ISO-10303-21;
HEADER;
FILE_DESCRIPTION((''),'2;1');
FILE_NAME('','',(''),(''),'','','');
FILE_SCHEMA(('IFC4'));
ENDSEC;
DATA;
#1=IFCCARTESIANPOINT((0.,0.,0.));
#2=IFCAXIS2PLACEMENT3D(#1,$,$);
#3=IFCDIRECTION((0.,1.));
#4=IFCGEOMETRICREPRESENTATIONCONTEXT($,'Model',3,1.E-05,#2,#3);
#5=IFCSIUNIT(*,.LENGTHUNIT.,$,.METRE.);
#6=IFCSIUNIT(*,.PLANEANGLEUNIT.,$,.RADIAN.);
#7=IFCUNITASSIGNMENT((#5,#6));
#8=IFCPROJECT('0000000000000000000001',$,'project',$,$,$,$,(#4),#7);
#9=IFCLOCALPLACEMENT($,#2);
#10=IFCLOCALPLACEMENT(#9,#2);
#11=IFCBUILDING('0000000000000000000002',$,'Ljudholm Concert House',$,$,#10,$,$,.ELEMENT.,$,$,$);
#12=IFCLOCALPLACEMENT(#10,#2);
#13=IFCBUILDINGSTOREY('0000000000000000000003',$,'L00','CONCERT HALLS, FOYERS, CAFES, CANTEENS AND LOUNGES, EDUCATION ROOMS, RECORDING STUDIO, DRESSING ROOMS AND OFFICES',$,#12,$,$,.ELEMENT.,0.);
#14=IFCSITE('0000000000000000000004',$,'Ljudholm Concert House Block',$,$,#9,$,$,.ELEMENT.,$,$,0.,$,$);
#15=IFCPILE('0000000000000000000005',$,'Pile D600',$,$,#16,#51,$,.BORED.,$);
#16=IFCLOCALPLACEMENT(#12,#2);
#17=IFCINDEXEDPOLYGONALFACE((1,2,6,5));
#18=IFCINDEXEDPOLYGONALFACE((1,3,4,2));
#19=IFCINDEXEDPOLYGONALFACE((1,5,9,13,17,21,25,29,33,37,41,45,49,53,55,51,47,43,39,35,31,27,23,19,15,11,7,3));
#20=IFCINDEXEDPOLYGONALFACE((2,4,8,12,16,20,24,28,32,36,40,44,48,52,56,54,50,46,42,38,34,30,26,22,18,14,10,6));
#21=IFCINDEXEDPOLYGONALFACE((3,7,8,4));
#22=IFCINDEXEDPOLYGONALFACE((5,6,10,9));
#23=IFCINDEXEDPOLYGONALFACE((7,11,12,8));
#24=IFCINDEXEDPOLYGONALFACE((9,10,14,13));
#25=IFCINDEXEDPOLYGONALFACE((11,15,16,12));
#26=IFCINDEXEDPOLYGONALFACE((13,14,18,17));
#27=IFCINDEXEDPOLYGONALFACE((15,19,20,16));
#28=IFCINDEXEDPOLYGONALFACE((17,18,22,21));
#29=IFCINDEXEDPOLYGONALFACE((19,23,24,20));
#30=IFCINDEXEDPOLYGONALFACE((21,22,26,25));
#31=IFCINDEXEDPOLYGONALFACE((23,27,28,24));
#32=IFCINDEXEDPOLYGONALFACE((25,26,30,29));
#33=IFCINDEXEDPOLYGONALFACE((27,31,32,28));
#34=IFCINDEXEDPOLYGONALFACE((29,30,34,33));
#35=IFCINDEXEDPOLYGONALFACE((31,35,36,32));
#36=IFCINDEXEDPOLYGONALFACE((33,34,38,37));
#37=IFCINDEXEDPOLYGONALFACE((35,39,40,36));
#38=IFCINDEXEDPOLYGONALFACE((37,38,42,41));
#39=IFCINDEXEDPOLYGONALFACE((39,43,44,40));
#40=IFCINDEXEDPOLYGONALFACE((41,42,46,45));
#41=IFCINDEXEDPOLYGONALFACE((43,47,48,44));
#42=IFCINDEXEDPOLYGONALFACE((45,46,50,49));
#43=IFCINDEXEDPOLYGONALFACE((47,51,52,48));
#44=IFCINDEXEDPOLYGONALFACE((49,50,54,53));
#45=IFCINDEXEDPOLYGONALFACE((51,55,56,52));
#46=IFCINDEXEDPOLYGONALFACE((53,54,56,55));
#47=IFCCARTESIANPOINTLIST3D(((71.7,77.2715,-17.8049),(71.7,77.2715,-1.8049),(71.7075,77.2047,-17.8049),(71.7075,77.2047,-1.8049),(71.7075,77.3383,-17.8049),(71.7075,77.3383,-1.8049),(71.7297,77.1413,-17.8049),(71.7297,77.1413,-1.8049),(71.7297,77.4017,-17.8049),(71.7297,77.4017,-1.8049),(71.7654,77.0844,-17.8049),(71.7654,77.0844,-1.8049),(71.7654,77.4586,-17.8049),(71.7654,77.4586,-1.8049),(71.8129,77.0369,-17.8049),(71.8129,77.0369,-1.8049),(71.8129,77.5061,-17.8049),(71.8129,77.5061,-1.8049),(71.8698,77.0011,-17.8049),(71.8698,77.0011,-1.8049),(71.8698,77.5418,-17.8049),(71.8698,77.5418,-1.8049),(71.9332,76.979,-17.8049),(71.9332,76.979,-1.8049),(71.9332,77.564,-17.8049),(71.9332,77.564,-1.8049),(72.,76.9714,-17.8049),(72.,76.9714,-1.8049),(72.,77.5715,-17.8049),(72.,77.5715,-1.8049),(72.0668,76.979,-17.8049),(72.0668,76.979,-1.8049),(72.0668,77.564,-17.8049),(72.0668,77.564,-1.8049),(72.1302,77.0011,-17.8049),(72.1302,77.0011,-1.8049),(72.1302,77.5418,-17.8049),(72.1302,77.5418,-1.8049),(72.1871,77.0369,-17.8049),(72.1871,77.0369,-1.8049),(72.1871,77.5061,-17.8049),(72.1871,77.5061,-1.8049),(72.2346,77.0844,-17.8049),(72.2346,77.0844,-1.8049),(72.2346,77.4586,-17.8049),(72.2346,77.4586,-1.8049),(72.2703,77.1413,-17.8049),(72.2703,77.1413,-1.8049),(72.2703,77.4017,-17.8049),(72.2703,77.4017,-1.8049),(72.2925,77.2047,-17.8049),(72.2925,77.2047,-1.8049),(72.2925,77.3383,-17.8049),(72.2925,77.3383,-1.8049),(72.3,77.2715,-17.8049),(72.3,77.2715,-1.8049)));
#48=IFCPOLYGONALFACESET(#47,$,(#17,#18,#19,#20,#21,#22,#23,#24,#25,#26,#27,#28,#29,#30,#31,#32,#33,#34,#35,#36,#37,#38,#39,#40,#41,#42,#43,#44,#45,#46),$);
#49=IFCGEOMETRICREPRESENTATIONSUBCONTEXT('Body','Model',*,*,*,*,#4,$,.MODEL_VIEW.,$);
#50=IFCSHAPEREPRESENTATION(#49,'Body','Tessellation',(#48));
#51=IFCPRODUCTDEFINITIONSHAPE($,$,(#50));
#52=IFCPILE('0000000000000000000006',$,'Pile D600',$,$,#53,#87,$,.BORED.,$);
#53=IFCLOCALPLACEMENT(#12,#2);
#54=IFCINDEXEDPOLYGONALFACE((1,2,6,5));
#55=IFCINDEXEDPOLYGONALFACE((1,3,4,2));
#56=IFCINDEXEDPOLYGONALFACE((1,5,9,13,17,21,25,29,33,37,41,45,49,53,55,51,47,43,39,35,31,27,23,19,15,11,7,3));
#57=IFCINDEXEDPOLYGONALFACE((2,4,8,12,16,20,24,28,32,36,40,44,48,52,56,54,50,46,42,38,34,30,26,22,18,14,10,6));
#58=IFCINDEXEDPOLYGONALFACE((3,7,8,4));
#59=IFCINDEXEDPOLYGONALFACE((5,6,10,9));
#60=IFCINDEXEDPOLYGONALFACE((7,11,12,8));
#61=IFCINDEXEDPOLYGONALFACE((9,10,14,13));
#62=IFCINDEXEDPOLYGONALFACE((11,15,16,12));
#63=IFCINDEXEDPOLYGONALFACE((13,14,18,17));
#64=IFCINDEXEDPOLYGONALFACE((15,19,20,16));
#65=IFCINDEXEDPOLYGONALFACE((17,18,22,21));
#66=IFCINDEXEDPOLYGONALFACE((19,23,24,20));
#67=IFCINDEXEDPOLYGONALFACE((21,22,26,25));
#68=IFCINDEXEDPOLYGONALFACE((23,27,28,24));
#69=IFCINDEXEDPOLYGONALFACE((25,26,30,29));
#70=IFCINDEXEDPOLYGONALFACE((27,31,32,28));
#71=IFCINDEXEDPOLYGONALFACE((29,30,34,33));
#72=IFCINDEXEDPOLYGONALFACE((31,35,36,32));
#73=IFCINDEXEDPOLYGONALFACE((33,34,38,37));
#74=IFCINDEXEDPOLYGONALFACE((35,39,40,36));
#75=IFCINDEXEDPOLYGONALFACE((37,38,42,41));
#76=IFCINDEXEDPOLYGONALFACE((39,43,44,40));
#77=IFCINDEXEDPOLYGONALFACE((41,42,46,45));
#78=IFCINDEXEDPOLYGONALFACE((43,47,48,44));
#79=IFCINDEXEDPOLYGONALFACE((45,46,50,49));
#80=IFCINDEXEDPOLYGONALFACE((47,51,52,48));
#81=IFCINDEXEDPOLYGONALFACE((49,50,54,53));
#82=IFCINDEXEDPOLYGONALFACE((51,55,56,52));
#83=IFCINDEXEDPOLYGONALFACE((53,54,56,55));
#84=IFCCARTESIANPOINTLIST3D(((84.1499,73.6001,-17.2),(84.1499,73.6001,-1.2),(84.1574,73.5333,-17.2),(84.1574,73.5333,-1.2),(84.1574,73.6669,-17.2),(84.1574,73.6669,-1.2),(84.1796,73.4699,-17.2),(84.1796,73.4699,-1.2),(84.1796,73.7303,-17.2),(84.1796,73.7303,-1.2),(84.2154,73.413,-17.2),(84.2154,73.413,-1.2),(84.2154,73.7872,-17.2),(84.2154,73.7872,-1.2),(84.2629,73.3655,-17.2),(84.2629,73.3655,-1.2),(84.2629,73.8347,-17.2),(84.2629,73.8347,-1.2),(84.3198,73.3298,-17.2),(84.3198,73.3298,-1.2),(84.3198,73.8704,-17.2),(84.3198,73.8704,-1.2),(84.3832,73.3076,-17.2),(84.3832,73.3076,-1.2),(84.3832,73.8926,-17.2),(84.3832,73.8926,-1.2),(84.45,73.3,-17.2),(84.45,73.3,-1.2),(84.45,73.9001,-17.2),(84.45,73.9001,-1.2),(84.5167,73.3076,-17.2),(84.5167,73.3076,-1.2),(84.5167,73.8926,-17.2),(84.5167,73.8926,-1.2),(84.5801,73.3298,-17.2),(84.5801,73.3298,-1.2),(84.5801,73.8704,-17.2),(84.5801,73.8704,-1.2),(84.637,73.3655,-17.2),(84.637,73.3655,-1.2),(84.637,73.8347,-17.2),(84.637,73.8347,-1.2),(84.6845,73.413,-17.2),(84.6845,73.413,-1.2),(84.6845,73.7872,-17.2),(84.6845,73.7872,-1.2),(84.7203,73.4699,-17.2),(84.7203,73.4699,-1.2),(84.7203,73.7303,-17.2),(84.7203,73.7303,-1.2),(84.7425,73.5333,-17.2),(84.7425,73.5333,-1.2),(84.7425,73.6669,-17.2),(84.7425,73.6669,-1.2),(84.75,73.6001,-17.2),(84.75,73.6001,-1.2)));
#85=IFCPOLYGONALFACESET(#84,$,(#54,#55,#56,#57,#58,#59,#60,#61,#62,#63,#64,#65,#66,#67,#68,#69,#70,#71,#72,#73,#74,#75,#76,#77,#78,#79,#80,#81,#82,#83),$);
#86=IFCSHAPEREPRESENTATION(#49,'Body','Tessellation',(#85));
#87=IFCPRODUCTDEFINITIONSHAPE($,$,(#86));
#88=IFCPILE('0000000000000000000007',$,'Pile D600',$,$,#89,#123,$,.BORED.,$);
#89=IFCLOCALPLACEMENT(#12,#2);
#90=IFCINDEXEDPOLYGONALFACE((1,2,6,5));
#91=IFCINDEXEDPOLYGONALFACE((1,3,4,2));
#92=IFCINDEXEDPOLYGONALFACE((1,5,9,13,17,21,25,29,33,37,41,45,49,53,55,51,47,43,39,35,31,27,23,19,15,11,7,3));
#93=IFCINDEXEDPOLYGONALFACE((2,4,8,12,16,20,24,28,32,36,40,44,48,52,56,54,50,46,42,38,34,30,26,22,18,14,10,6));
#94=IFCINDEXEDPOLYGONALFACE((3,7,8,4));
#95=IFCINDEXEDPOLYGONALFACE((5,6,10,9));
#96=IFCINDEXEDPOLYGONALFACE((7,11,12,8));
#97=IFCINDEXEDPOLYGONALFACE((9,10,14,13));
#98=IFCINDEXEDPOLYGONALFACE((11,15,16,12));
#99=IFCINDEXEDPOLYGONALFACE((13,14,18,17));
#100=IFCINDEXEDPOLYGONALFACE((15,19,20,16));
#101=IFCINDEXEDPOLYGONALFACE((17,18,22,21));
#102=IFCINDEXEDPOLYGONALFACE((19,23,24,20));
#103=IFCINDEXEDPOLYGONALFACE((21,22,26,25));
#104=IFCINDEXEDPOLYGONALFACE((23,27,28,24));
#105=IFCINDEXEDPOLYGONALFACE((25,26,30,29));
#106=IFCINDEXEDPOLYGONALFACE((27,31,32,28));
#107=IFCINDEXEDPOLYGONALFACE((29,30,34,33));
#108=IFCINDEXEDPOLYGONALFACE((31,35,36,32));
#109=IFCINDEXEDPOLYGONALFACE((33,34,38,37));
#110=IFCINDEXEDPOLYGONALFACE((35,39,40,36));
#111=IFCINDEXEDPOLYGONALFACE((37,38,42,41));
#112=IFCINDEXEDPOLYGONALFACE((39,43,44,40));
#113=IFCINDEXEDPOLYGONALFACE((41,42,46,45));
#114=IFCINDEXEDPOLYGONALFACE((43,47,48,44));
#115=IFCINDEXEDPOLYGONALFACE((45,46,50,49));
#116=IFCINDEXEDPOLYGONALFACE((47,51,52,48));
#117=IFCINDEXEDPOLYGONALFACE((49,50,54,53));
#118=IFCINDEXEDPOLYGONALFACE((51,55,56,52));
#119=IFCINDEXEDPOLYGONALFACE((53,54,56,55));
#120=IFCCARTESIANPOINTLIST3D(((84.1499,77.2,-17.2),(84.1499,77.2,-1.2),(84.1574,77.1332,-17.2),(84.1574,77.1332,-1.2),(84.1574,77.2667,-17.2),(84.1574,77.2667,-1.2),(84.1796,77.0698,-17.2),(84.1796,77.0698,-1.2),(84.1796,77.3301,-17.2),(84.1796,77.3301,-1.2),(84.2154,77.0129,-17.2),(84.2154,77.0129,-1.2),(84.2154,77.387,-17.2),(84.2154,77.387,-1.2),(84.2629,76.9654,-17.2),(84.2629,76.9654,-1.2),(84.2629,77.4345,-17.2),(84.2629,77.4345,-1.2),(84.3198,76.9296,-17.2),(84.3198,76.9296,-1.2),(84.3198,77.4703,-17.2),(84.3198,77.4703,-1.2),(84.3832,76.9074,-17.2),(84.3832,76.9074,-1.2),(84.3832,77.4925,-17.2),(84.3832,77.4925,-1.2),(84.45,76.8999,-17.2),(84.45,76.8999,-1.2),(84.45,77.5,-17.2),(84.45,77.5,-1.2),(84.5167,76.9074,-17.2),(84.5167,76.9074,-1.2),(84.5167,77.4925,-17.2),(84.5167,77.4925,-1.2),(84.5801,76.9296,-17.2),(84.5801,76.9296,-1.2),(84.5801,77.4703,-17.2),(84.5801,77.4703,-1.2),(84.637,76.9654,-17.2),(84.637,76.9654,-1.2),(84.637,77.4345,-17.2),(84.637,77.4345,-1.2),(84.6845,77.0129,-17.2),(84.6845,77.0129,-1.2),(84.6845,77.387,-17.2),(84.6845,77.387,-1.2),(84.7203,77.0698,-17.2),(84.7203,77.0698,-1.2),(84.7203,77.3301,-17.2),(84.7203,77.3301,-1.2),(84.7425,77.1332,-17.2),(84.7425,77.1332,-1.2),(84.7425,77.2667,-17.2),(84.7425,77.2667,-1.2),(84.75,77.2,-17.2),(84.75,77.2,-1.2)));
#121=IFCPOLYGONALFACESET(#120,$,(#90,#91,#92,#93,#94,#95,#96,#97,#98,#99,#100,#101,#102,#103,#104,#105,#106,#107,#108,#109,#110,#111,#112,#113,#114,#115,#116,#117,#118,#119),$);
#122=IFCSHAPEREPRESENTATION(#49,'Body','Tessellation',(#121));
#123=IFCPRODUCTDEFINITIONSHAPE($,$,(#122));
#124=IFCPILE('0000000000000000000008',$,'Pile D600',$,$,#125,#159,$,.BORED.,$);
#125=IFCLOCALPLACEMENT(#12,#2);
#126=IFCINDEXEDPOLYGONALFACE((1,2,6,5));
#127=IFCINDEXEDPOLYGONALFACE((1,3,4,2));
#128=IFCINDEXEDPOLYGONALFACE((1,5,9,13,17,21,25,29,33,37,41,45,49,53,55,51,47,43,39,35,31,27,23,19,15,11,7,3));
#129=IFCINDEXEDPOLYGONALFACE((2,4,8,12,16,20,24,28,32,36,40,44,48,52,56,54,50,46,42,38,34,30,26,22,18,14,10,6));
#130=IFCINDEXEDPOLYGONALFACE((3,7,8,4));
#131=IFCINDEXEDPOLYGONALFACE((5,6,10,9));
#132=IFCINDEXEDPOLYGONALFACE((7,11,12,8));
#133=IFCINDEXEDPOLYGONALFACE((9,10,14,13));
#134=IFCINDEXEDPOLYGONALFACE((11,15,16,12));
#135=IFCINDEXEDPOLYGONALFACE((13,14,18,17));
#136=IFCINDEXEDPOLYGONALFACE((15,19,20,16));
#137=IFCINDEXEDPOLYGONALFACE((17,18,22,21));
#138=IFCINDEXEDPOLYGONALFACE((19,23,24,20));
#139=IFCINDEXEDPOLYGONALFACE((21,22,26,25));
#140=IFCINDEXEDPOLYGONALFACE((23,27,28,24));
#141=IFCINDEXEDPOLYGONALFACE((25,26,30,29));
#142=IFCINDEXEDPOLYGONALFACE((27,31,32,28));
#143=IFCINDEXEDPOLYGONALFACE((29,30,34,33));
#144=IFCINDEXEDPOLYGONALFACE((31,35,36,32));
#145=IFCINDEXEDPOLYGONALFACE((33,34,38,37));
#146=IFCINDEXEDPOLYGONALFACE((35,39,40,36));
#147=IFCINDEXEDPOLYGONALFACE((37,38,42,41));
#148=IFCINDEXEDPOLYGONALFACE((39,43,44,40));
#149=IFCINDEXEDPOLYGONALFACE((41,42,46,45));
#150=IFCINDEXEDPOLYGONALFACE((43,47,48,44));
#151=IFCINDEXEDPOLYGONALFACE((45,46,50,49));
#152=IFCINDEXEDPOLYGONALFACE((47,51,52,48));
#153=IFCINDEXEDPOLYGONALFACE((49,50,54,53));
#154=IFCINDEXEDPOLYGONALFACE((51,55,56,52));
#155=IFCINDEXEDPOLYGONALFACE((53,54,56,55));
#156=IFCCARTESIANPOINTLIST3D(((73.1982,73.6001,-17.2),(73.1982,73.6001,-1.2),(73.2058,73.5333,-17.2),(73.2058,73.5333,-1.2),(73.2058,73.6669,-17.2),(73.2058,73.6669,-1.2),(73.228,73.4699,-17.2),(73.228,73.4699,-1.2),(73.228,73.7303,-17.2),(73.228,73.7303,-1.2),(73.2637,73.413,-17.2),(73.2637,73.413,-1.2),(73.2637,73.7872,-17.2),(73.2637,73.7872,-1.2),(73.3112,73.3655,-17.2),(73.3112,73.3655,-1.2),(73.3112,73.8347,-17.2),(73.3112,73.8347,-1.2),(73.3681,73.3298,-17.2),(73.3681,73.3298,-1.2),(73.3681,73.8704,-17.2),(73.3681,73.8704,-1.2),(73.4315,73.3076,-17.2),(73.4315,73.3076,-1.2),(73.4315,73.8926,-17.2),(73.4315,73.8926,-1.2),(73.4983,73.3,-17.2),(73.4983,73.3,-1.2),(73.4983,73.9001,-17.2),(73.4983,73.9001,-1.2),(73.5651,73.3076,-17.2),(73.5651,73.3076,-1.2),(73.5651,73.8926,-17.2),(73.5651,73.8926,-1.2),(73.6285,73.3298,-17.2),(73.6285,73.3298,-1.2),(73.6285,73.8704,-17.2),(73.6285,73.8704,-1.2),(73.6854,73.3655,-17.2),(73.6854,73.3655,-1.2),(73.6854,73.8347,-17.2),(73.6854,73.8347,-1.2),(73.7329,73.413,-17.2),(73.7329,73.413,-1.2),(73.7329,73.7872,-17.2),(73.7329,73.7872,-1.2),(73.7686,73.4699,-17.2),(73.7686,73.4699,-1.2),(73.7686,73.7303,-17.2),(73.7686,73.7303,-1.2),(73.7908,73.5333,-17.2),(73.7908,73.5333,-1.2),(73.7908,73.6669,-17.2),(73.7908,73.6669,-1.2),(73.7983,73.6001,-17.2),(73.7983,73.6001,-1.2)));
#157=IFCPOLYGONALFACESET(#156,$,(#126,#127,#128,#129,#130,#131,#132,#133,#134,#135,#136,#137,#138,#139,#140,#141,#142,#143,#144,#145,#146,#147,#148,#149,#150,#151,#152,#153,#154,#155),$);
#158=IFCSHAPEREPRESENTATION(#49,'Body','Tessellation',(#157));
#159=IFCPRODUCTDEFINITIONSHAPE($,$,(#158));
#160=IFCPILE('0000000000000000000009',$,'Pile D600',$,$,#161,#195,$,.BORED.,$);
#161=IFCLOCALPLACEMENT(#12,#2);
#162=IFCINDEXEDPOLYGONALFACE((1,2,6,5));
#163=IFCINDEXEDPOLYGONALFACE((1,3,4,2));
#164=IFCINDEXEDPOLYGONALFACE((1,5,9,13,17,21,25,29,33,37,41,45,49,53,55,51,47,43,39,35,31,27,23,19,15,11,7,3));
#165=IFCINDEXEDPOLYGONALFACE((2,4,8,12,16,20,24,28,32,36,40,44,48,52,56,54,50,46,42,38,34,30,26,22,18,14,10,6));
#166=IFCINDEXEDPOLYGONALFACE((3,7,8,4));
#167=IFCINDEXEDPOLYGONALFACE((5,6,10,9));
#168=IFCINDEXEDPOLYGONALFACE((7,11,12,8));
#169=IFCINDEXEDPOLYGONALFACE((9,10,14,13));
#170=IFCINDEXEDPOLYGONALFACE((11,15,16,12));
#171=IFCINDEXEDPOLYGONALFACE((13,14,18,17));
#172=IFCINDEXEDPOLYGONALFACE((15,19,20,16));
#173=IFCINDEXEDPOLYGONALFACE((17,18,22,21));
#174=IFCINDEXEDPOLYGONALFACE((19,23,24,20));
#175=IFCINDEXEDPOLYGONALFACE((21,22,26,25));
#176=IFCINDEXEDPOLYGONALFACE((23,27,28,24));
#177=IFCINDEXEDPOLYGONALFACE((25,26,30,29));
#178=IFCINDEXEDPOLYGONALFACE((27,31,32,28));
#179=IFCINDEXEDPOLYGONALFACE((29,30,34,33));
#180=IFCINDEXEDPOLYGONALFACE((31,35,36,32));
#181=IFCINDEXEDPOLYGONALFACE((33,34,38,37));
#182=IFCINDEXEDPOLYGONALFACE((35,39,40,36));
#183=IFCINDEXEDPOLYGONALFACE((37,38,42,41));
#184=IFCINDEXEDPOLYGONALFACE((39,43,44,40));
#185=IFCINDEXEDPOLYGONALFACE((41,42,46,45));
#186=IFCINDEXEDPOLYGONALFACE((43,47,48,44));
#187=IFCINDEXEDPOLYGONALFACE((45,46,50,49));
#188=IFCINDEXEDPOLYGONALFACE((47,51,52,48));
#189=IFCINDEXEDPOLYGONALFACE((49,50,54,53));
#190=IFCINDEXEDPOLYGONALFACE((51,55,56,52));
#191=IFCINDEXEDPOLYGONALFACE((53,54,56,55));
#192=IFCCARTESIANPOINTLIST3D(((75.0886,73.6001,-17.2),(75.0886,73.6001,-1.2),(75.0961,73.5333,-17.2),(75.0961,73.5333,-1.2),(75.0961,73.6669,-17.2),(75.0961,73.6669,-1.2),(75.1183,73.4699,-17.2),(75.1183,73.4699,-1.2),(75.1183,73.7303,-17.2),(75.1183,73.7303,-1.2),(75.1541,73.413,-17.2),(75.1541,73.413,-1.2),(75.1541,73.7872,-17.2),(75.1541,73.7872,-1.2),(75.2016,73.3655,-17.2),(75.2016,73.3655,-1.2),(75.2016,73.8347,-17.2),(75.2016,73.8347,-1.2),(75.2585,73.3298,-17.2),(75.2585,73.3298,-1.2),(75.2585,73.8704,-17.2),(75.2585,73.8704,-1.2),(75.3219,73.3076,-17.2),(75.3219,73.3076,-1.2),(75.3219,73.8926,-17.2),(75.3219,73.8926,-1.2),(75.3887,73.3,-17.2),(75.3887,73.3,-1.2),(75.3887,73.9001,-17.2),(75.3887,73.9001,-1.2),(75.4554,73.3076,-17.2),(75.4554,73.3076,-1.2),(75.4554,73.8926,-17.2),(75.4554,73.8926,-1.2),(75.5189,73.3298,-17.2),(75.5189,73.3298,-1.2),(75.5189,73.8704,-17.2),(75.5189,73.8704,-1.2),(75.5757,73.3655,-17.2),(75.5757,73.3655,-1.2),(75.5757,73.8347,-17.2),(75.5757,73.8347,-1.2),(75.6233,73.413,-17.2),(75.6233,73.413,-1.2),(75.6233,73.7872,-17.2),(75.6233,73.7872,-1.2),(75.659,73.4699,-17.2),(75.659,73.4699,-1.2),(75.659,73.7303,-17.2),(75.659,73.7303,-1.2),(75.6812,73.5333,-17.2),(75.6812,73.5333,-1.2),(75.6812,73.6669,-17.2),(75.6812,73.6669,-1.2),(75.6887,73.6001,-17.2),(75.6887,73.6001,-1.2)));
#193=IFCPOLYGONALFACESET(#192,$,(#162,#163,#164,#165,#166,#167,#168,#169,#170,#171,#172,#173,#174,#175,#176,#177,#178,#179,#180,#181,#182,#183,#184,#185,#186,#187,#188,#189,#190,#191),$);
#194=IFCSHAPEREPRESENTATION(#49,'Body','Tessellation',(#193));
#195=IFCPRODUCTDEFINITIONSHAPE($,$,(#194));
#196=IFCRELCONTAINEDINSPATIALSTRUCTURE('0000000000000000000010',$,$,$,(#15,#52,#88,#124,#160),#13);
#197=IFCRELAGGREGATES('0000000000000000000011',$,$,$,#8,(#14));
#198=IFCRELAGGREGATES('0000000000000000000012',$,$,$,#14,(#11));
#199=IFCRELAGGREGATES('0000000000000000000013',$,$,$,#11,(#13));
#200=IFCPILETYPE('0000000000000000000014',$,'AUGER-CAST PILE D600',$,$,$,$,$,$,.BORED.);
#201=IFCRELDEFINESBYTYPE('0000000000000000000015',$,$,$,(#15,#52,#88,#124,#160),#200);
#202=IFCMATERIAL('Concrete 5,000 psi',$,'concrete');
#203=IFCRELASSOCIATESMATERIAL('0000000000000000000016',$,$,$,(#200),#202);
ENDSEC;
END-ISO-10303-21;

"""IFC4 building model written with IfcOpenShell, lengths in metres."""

from ifc_helpers import new_model, si_unit, direction, frame, origin, origin_2d, place, context, subcontext, project, spatial, circle, extrude, material, material_profile, profile_set, type_object, element, save


model = new_model("IFC4")

# Units and contexts
model_context = context("Model", 3, precision=1e-05, world=origin(), true_north=direction((0.0, 1.0)))
body_context = subcontext(model_context, "Body", "Model", "MODEL_VIEW")
ifc_project = project(units=[si_unit("LENGTHUNIT", "METRE"), si_unit("PLANEANGLEUNIT", "RADIAN")], contexts=[model_context])

# Site, building, storey
site_placement = place(None, origin())
site = spatial("IfcSite", under=ifc_project, at=site_placement, Name="Ljudholm Concert House Block", CompositionType="ELEMENT", RefElevation=0.0)
building_placement = place(site_placement, origin())
building = spatial("IfcBuilding", under=site, at=building_placement, Name="Ljudholm Concert House", CompositionType="ELEMENT")
storey_placement = place(building_placement, origin())
storey = spatial("IfcBuildingStorey", under=building, at=storey_placement, Name="L00", Description="CONCERT HALLS, FOYERS, CAFES, CANTEENS AND LOUNGES, EDUCATION ROOMS, RECORDING STUDIO, DRESSING ROOMS AND OFFICES", CompositionType="ELEMENT", Elevation=0.0)

# Piles
ifc_material_1 = material(Name="Concrete 5,000 psi", Category="concrete")
ifc_material_profile = material_profile(ifc_material_1, circle(Radius=0.3, at=origin_2d()), Name="AUGER-CAST PILE D600")
ifc_profile_set = profile_set([ifc_material_profile], Name="Concrete 5,000 psi")
pile_type = type_object("IfcPileType", Name="AUGER-CAST PILE D600", PredefinedType="BORED", material=ifc_profile_set)
for number, where, z_axis, x_axis, name in (
    (1, (72.0, 77.2715, -1.8049), (0.0, 0.0, -1.0), (1.0, 0.0, 0.0), "Pile D600"),
    (2, (84.45, 73.6001, -1.2), (0.0, 0.0, -1.0), (1.0, 0.0, 0.0), "Pile D600"),
    (3, (84.45, 77.2, -1.2), (0.0, 0.0, -1.0), (1.0, 0.0, 0.0), "Pile D600"),
    (4, (73.4983, 73.6001, -1.2), (0.0, 0.0, -1.0), (1.0, 0.0, 0.0), "Pile D600"),
    (5, (75.3887, 73.6001, -1.2), (0.0, 0.0, -1.0), (1.0, 0.0, 0.0), "Pile D600"),
):
    element("IfcPile", number, at=place(storey_placement, frame(where, z_axis=z_axis, x_axis=x_axis)), inside=storey, type_object=pile_type, Name=name, PredefinedType="BORED", context=body_context, shape_type="SweptSolid", body=[
        extrude(circle(Radius=0.3, at=origin_2d()), origin(), (0.0, 0.0, 1.0), 16.0),
    ])

save(model, "model.ifc")
